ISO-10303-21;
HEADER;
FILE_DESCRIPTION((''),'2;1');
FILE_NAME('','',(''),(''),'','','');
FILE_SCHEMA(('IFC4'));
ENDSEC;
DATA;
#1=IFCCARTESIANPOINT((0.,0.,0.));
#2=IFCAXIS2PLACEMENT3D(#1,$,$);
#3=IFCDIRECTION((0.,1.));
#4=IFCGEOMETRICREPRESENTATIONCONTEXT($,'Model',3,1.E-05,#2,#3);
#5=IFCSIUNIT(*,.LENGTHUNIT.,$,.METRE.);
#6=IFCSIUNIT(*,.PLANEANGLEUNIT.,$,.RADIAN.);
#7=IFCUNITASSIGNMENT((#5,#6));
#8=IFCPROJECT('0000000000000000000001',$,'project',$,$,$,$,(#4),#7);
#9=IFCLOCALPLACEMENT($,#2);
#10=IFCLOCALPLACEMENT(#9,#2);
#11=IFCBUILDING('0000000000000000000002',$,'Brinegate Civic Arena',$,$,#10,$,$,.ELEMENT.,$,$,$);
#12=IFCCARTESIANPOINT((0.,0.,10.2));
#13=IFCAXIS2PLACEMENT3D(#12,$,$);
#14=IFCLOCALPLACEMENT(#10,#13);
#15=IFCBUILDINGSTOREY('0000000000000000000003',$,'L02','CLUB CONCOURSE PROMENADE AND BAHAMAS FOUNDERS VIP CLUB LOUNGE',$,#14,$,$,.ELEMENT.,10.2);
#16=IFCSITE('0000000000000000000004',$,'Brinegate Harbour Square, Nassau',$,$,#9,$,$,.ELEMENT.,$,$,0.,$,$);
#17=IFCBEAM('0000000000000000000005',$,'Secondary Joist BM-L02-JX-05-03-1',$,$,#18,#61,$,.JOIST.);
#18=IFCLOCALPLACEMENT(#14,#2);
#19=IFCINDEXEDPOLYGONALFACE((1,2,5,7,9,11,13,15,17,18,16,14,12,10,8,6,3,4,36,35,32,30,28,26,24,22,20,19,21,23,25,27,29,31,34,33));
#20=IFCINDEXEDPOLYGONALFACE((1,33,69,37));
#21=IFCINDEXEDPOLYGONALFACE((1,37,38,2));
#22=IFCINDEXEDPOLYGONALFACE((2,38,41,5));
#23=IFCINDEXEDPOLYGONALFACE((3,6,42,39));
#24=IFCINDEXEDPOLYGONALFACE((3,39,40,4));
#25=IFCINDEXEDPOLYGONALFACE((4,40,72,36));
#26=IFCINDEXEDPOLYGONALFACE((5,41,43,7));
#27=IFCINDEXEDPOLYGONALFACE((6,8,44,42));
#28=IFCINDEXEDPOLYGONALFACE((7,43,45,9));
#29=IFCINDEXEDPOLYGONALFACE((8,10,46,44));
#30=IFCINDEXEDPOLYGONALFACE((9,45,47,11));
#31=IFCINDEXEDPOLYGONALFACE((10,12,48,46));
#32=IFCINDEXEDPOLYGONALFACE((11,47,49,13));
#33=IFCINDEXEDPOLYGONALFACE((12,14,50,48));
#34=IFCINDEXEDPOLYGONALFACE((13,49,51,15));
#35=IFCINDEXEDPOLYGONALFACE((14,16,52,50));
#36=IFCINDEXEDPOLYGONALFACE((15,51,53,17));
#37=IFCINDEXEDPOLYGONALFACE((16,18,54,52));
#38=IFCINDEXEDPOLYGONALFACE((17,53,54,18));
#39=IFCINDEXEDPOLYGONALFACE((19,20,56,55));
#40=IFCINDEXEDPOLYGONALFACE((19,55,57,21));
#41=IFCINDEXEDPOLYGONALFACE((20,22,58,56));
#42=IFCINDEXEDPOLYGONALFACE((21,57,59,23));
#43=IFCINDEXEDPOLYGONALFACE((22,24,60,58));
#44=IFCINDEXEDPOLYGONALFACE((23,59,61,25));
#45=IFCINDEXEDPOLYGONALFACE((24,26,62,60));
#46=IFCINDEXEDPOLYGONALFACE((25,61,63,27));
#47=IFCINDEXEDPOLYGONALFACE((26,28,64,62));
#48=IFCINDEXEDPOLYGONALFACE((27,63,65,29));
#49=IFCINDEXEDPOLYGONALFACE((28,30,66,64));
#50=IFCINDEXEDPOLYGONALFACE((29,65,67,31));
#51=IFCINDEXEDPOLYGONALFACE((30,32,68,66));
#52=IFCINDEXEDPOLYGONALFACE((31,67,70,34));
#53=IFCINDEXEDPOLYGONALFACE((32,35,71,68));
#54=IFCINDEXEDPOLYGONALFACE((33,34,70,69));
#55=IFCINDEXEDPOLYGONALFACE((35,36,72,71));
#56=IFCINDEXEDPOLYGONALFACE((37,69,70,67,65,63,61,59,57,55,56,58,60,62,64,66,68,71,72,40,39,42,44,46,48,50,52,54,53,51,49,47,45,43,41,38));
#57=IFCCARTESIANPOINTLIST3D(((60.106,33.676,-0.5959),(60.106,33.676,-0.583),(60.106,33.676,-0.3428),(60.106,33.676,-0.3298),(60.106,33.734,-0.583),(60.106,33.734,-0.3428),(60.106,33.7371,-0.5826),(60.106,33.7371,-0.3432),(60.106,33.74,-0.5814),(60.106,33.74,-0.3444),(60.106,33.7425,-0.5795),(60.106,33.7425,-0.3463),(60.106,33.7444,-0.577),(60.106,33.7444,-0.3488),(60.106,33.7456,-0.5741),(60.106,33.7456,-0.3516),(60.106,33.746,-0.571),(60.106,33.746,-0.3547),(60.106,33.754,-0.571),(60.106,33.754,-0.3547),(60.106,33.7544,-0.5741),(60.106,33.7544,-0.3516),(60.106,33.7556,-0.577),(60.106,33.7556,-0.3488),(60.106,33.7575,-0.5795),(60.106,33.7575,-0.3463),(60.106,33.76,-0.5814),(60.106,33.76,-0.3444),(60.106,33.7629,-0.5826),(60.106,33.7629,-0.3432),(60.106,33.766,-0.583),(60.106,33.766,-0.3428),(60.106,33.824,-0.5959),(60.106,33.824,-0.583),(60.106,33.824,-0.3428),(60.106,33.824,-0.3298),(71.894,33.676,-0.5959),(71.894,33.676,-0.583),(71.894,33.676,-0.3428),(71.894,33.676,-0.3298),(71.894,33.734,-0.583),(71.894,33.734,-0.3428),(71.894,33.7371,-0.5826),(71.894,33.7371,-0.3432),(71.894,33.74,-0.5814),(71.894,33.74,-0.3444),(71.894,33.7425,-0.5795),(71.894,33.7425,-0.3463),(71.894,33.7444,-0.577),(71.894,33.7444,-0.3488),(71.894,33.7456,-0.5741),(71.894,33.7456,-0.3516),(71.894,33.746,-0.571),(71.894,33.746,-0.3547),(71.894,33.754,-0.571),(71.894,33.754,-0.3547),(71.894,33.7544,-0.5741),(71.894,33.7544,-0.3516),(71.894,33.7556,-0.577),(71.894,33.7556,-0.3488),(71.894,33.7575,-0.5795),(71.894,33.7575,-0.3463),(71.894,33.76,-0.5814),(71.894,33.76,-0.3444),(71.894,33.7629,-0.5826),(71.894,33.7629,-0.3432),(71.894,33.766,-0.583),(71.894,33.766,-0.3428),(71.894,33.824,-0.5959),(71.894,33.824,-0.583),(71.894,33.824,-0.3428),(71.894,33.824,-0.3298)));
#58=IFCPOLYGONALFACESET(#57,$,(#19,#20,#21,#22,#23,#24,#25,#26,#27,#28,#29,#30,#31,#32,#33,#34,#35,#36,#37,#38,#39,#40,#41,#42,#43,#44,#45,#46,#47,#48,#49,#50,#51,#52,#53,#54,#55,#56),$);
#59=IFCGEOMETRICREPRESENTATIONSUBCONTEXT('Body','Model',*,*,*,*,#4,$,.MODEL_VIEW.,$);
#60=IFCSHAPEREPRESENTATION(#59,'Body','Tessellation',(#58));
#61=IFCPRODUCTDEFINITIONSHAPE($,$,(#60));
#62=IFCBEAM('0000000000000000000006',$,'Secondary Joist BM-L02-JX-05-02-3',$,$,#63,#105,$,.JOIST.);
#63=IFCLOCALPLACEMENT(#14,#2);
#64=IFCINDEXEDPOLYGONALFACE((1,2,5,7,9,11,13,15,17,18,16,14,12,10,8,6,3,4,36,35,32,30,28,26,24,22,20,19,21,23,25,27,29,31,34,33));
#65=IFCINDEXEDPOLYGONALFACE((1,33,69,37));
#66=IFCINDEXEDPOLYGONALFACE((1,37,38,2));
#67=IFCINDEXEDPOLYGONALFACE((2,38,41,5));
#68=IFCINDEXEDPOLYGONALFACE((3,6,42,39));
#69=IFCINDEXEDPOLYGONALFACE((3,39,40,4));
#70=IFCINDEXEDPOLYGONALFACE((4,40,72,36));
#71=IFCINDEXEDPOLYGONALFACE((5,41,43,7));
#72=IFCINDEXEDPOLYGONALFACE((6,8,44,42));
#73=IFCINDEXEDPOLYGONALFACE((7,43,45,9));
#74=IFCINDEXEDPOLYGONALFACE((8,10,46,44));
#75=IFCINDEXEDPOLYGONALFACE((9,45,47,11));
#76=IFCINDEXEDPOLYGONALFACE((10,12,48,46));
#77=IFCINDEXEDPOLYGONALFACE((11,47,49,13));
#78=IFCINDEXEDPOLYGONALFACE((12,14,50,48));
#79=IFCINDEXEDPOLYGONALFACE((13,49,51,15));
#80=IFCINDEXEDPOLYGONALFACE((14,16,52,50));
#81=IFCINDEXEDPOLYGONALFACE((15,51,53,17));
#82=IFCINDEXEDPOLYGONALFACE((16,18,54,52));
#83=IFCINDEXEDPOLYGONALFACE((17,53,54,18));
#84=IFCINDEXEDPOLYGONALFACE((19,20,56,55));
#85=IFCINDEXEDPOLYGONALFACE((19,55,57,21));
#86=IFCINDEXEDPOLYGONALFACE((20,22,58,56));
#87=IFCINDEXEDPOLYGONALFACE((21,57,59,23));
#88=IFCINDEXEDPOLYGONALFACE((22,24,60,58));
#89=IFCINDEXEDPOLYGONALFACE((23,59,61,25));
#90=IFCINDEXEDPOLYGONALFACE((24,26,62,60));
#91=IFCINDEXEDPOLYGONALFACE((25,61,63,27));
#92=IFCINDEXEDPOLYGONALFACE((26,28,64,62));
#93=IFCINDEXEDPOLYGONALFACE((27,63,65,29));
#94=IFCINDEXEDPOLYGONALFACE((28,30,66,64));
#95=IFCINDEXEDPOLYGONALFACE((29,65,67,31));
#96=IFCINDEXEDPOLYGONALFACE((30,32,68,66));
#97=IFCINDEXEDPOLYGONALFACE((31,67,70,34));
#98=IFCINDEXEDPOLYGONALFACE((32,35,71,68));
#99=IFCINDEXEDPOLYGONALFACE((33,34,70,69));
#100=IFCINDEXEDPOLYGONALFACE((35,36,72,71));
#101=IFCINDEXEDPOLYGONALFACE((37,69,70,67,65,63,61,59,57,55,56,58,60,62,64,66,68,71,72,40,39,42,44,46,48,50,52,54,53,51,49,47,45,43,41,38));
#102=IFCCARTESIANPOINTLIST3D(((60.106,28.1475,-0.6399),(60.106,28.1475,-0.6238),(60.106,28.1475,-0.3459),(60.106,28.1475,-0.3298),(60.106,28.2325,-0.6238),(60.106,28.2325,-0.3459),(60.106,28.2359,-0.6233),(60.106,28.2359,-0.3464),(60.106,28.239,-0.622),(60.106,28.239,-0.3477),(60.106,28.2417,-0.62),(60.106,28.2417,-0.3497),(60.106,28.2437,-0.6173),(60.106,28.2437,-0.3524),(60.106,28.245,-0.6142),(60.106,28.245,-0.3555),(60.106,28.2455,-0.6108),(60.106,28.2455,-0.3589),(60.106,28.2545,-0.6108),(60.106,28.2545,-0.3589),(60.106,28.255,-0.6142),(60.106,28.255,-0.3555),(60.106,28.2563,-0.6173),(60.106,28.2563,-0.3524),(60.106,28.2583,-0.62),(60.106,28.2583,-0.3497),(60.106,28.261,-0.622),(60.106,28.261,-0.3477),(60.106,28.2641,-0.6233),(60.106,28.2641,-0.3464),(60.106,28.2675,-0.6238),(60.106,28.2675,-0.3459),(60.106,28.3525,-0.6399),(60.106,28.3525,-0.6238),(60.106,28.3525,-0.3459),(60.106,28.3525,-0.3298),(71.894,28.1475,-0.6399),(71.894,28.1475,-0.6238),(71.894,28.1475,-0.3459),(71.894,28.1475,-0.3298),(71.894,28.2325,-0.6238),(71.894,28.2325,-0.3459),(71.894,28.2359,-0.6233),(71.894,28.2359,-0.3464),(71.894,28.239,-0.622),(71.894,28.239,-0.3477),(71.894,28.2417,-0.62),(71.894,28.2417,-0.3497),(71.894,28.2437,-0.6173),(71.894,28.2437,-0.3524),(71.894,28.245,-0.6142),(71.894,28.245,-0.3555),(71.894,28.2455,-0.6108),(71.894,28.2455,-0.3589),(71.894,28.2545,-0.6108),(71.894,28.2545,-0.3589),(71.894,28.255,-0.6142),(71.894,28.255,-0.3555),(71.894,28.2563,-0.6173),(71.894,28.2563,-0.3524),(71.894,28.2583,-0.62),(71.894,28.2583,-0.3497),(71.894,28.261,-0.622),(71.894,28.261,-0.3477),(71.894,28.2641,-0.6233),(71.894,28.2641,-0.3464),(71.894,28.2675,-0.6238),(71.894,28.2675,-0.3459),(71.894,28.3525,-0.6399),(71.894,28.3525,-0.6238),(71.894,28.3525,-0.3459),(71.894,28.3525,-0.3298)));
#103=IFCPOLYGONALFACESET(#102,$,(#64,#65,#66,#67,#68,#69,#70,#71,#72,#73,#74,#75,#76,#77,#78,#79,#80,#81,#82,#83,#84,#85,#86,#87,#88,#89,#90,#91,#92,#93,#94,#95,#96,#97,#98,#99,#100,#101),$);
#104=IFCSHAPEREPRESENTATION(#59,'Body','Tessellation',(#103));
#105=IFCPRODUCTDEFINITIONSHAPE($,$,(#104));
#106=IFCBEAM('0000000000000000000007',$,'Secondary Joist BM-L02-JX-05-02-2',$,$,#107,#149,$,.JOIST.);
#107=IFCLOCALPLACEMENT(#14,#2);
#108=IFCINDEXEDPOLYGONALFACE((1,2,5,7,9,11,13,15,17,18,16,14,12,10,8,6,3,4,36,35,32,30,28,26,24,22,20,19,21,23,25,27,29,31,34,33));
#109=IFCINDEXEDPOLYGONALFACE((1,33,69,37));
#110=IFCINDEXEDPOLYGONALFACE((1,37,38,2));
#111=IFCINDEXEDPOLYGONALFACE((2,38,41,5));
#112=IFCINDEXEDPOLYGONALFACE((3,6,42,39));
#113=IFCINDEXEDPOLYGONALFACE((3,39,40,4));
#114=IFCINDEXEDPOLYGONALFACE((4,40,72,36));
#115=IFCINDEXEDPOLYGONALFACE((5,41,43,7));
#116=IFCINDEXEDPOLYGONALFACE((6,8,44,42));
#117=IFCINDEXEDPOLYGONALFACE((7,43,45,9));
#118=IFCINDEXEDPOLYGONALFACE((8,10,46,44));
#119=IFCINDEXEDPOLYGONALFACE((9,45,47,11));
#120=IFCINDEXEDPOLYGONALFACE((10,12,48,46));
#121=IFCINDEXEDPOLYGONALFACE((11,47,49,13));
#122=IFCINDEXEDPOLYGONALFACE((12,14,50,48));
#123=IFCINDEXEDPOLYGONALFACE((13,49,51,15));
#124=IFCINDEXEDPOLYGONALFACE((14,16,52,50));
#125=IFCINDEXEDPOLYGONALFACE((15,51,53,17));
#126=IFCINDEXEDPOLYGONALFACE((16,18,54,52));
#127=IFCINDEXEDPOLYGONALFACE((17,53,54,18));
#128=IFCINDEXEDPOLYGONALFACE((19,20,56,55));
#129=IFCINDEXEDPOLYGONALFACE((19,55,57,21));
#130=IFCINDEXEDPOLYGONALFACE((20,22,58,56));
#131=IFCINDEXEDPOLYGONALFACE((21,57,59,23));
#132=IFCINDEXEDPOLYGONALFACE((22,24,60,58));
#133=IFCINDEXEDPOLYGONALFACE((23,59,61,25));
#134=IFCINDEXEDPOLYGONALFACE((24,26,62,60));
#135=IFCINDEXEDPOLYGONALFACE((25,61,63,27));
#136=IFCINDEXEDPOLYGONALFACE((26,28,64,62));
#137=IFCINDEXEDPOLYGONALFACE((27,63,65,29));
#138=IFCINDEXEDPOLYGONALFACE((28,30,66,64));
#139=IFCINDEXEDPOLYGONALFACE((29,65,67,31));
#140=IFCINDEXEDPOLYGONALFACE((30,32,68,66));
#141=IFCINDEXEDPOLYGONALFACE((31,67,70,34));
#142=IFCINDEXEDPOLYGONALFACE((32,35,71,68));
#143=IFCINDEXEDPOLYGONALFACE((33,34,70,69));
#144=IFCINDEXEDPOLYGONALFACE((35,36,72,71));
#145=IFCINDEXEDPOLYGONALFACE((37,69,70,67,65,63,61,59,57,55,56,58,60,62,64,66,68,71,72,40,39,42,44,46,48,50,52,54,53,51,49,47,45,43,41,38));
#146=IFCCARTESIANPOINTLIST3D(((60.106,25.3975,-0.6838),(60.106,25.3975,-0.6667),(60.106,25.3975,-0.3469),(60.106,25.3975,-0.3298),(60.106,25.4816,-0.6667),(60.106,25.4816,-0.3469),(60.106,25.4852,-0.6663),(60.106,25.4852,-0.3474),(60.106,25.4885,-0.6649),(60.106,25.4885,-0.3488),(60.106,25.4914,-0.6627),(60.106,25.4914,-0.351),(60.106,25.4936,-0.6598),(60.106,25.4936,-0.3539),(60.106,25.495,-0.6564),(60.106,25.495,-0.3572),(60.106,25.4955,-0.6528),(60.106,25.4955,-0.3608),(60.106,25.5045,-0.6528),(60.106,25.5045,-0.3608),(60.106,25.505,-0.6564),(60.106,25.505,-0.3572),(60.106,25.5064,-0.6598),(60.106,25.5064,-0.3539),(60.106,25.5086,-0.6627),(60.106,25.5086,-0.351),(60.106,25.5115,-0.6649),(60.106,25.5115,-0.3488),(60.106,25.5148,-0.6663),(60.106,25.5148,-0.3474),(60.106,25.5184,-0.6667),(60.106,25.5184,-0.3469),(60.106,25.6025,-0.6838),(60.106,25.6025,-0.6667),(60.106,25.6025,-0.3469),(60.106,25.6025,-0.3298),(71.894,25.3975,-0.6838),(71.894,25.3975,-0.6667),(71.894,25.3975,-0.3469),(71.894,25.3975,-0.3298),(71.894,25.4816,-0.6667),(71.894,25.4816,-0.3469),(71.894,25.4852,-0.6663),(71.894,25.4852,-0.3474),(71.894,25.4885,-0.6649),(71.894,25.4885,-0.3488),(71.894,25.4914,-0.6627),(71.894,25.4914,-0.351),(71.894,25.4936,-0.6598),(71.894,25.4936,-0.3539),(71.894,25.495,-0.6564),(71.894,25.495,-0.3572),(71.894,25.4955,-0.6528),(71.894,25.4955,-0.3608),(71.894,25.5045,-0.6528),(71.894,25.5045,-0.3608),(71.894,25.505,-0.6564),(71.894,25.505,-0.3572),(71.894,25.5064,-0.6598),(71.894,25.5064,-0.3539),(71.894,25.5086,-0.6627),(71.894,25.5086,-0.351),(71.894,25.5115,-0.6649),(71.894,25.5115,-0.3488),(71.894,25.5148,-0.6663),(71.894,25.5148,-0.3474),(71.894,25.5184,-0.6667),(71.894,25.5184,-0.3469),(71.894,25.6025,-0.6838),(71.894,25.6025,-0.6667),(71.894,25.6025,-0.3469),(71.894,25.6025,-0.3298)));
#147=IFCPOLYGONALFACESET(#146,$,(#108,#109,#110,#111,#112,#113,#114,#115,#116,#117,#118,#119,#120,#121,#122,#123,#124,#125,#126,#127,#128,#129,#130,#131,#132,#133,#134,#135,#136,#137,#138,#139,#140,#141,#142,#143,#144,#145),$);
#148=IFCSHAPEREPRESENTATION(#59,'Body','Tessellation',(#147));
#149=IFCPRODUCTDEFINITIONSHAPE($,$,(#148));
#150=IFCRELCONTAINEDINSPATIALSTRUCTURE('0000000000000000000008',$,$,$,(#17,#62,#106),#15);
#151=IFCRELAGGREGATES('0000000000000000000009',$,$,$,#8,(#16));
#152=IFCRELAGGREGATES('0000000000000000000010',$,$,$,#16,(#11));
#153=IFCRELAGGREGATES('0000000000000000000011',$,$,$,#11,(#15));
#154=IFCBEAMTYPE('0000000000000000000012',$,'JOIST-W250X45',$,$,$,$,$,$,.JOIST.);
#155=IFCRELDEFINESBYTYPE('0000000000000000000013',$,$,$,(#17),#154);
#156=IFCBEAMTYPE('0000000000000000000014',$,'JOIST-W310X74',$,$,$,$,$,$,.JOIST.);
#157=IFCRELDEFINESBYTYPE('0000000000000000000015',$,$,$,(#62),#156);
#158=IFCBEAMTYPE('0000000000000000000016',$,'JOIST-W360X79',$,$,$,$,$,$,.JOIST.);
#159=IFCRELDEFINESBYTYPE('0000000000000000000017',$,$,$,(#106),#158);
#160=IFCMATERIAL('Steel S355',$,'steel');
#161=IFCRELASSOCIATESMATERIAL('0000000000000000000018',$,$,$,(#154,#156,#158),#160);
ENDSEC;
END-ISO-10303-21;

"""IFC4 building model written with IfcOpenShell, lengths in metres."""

from ifc_helpers import new_model, si_unit, direction, frame, origin, origin_2d, place, context, subcontext, project, spatial, i_section, extrude, material, material_profile, profile_set, type_object, element, save


model = new_model("IFC4")

# Units and contexts
model_context = context("Model", 3, precision=1e-05, world=origin(), true_north=direction((0.0, 1.0)))
body_context = subcontext(model_context, "Body", "Model", "MODEL_VIEW")
ifc_project = project(units=[si_unit("LENGTHUNIT", "METRE"), si_unit("PLANEANGLEUNIT", "RADIAN")], contexts=[model_context])

# Site, building, storey
site_placement = place(None, origin())
site = spatial("IfcSite", under=ifc_project, at=site_placement, Name="Brinegate Harbour Square, Nassau", CompositionType="ELEMENT", RefElevation=0.0)
building_placement = place(site_placement, origin())
building = spatial("IfcBuilding", under=site, at=building_placement, Name="Brinegate Civic Arena", CompositionType="ELEMENT")
storey_placement = place(building_placement, frame((0.0, 0.0, 10.2)))
storey = spatial("IfcBuildingStorey", under=building, at=storey_placement, Name="L02", Description="CLUB CONCOURSE PROMENADE AND BAHAMAS FOUNDERS VIP CLUB LOUNGE", CompositionType="ELEMENT", Elevation=10.2)

# Beams
ifc_material_1 = material(Name="Steel S355", Category="steel")
ifc_material_profile_1 = material_profile(ifc_material_1, i_section(OverallWidth=0.1479, OverallDepth=0.2661, WebThickness=0.0081, FlangeThickness=0.0129, FilletRadius=0.012, at=origin_2d()), Name="W250X45")
ifc_profile_set_1 = profile_set([ifc_material_profile_1], Name="Steel S355")
beam_type_1 = type_object("IfcBeamType", Name="JOIST-W250X45", PredefinedType="JOIST", material=ifc_profile_set_1)
beam_1_placement = place(storey_placement, frame((60.106, 33.75, -0.4629), z_axis=(1.0, 0.0, 0.0), x_axis=(0.0, 1.0, 0.0)))
element("IfcBeam", 1, at=beam_1_placement, inside=storey, type_object=beam_type_1, Name="Secondary Joist BM-L02-JX-05-03-1", PredefinedType="JOIST", context=body_context, shape_type="SweptSolid", body=[
    extrude(i_section(OverallWidth=0.1479, OverallDepth=0.2661, WebThickness=0.0081, FlangeThickness=0.0129, FilletRadius=0.012, at=origin_2d()), origin(), (0.0, 0.0, 1.0), 11.7881),
])
ifc_material_profile_2 = material_profile(ifc_material_1, i_section(OverallWidth=0.2051, OverallDepth=0.3101, WebThickness=0.009, FlangeThickness=0.0161, FilletRadius=0.0129, at=origin_2d()), Name="W310X74")
ifc_profile_set_2 = profile_set([ifc_material_profile_2], Name="Steel S355")
beam_type_2 = type_object("IfcBeamType", Name="JOIST-W310X74", PredefinedType="JOIST", material=ifc_profile_set_2)
beam_2_placement = place(storey_placement, frame((60.106, 28.25, -0.4849), z_axis=(1.0, 0.0, 0.0), x_axis=(0.0, 1.0, 0.0)))
element("IfcBeam", 2, at=beam_2_placement, inside=storey, type_object=beam_type_2, Name="Secondary Joist BM-L02-JX-05-02-3", PredefinedType="JOIST", context=body_context, shape_type="SweptSolid", body=[
    extrude(i_section(OverallWidth=0.2051, OverallDepth=0.3101, WebThickness=0.009, FlangeThickness=0.0161, FilletRadius=0.0129, at=origin_2d()), origin(), (0.0, 0.0, 1.0), 11.7881),
])
ifc_material_profile_3 = material_profile(ifc_material_1, i_section(OverallWidth=0.2051, OverallDepth=0.354, WebThickness=0.009, FlangeThickness=0.0171, FilletRadius=0.0139, at=origin_2d()), Name="W360X79")
ifc_profile_set_3 = profile_set([ifc_material_profile_3], Name="Steel S355")
beam_type_3 = type_object("IfcBeamType", Name="JOIST-W360X79", PredefinedType="JOIST", material=ifc_profile_set_3)
beam_3_placement = place(storey_placement, frame((60.106, 25.5, -0.5068), z_axis=(1.0, 0.0, 0.0), x_axis=(0.0, 1.0, 0.0)))
element("IfcBeam", 3, at=beam_3_placement, inside=storey, type_object=beam_type_3, Name="Secondary Joist BM-L02-JX-05-02-2", PredefinedType="JOIST", context=body_context, shape_type="SweptSolid", body=[
    extrude(i_section(OverallWidth=0.2051, OverallDepth=0.354, WebThickness=0.009, FlangeThickness=0.0171, FilletRadius=0.0139, at=origin_2d()), origin(), (0.0, 0.0, 1.0), 11.7881),
])

save(model, "model.ifc")
